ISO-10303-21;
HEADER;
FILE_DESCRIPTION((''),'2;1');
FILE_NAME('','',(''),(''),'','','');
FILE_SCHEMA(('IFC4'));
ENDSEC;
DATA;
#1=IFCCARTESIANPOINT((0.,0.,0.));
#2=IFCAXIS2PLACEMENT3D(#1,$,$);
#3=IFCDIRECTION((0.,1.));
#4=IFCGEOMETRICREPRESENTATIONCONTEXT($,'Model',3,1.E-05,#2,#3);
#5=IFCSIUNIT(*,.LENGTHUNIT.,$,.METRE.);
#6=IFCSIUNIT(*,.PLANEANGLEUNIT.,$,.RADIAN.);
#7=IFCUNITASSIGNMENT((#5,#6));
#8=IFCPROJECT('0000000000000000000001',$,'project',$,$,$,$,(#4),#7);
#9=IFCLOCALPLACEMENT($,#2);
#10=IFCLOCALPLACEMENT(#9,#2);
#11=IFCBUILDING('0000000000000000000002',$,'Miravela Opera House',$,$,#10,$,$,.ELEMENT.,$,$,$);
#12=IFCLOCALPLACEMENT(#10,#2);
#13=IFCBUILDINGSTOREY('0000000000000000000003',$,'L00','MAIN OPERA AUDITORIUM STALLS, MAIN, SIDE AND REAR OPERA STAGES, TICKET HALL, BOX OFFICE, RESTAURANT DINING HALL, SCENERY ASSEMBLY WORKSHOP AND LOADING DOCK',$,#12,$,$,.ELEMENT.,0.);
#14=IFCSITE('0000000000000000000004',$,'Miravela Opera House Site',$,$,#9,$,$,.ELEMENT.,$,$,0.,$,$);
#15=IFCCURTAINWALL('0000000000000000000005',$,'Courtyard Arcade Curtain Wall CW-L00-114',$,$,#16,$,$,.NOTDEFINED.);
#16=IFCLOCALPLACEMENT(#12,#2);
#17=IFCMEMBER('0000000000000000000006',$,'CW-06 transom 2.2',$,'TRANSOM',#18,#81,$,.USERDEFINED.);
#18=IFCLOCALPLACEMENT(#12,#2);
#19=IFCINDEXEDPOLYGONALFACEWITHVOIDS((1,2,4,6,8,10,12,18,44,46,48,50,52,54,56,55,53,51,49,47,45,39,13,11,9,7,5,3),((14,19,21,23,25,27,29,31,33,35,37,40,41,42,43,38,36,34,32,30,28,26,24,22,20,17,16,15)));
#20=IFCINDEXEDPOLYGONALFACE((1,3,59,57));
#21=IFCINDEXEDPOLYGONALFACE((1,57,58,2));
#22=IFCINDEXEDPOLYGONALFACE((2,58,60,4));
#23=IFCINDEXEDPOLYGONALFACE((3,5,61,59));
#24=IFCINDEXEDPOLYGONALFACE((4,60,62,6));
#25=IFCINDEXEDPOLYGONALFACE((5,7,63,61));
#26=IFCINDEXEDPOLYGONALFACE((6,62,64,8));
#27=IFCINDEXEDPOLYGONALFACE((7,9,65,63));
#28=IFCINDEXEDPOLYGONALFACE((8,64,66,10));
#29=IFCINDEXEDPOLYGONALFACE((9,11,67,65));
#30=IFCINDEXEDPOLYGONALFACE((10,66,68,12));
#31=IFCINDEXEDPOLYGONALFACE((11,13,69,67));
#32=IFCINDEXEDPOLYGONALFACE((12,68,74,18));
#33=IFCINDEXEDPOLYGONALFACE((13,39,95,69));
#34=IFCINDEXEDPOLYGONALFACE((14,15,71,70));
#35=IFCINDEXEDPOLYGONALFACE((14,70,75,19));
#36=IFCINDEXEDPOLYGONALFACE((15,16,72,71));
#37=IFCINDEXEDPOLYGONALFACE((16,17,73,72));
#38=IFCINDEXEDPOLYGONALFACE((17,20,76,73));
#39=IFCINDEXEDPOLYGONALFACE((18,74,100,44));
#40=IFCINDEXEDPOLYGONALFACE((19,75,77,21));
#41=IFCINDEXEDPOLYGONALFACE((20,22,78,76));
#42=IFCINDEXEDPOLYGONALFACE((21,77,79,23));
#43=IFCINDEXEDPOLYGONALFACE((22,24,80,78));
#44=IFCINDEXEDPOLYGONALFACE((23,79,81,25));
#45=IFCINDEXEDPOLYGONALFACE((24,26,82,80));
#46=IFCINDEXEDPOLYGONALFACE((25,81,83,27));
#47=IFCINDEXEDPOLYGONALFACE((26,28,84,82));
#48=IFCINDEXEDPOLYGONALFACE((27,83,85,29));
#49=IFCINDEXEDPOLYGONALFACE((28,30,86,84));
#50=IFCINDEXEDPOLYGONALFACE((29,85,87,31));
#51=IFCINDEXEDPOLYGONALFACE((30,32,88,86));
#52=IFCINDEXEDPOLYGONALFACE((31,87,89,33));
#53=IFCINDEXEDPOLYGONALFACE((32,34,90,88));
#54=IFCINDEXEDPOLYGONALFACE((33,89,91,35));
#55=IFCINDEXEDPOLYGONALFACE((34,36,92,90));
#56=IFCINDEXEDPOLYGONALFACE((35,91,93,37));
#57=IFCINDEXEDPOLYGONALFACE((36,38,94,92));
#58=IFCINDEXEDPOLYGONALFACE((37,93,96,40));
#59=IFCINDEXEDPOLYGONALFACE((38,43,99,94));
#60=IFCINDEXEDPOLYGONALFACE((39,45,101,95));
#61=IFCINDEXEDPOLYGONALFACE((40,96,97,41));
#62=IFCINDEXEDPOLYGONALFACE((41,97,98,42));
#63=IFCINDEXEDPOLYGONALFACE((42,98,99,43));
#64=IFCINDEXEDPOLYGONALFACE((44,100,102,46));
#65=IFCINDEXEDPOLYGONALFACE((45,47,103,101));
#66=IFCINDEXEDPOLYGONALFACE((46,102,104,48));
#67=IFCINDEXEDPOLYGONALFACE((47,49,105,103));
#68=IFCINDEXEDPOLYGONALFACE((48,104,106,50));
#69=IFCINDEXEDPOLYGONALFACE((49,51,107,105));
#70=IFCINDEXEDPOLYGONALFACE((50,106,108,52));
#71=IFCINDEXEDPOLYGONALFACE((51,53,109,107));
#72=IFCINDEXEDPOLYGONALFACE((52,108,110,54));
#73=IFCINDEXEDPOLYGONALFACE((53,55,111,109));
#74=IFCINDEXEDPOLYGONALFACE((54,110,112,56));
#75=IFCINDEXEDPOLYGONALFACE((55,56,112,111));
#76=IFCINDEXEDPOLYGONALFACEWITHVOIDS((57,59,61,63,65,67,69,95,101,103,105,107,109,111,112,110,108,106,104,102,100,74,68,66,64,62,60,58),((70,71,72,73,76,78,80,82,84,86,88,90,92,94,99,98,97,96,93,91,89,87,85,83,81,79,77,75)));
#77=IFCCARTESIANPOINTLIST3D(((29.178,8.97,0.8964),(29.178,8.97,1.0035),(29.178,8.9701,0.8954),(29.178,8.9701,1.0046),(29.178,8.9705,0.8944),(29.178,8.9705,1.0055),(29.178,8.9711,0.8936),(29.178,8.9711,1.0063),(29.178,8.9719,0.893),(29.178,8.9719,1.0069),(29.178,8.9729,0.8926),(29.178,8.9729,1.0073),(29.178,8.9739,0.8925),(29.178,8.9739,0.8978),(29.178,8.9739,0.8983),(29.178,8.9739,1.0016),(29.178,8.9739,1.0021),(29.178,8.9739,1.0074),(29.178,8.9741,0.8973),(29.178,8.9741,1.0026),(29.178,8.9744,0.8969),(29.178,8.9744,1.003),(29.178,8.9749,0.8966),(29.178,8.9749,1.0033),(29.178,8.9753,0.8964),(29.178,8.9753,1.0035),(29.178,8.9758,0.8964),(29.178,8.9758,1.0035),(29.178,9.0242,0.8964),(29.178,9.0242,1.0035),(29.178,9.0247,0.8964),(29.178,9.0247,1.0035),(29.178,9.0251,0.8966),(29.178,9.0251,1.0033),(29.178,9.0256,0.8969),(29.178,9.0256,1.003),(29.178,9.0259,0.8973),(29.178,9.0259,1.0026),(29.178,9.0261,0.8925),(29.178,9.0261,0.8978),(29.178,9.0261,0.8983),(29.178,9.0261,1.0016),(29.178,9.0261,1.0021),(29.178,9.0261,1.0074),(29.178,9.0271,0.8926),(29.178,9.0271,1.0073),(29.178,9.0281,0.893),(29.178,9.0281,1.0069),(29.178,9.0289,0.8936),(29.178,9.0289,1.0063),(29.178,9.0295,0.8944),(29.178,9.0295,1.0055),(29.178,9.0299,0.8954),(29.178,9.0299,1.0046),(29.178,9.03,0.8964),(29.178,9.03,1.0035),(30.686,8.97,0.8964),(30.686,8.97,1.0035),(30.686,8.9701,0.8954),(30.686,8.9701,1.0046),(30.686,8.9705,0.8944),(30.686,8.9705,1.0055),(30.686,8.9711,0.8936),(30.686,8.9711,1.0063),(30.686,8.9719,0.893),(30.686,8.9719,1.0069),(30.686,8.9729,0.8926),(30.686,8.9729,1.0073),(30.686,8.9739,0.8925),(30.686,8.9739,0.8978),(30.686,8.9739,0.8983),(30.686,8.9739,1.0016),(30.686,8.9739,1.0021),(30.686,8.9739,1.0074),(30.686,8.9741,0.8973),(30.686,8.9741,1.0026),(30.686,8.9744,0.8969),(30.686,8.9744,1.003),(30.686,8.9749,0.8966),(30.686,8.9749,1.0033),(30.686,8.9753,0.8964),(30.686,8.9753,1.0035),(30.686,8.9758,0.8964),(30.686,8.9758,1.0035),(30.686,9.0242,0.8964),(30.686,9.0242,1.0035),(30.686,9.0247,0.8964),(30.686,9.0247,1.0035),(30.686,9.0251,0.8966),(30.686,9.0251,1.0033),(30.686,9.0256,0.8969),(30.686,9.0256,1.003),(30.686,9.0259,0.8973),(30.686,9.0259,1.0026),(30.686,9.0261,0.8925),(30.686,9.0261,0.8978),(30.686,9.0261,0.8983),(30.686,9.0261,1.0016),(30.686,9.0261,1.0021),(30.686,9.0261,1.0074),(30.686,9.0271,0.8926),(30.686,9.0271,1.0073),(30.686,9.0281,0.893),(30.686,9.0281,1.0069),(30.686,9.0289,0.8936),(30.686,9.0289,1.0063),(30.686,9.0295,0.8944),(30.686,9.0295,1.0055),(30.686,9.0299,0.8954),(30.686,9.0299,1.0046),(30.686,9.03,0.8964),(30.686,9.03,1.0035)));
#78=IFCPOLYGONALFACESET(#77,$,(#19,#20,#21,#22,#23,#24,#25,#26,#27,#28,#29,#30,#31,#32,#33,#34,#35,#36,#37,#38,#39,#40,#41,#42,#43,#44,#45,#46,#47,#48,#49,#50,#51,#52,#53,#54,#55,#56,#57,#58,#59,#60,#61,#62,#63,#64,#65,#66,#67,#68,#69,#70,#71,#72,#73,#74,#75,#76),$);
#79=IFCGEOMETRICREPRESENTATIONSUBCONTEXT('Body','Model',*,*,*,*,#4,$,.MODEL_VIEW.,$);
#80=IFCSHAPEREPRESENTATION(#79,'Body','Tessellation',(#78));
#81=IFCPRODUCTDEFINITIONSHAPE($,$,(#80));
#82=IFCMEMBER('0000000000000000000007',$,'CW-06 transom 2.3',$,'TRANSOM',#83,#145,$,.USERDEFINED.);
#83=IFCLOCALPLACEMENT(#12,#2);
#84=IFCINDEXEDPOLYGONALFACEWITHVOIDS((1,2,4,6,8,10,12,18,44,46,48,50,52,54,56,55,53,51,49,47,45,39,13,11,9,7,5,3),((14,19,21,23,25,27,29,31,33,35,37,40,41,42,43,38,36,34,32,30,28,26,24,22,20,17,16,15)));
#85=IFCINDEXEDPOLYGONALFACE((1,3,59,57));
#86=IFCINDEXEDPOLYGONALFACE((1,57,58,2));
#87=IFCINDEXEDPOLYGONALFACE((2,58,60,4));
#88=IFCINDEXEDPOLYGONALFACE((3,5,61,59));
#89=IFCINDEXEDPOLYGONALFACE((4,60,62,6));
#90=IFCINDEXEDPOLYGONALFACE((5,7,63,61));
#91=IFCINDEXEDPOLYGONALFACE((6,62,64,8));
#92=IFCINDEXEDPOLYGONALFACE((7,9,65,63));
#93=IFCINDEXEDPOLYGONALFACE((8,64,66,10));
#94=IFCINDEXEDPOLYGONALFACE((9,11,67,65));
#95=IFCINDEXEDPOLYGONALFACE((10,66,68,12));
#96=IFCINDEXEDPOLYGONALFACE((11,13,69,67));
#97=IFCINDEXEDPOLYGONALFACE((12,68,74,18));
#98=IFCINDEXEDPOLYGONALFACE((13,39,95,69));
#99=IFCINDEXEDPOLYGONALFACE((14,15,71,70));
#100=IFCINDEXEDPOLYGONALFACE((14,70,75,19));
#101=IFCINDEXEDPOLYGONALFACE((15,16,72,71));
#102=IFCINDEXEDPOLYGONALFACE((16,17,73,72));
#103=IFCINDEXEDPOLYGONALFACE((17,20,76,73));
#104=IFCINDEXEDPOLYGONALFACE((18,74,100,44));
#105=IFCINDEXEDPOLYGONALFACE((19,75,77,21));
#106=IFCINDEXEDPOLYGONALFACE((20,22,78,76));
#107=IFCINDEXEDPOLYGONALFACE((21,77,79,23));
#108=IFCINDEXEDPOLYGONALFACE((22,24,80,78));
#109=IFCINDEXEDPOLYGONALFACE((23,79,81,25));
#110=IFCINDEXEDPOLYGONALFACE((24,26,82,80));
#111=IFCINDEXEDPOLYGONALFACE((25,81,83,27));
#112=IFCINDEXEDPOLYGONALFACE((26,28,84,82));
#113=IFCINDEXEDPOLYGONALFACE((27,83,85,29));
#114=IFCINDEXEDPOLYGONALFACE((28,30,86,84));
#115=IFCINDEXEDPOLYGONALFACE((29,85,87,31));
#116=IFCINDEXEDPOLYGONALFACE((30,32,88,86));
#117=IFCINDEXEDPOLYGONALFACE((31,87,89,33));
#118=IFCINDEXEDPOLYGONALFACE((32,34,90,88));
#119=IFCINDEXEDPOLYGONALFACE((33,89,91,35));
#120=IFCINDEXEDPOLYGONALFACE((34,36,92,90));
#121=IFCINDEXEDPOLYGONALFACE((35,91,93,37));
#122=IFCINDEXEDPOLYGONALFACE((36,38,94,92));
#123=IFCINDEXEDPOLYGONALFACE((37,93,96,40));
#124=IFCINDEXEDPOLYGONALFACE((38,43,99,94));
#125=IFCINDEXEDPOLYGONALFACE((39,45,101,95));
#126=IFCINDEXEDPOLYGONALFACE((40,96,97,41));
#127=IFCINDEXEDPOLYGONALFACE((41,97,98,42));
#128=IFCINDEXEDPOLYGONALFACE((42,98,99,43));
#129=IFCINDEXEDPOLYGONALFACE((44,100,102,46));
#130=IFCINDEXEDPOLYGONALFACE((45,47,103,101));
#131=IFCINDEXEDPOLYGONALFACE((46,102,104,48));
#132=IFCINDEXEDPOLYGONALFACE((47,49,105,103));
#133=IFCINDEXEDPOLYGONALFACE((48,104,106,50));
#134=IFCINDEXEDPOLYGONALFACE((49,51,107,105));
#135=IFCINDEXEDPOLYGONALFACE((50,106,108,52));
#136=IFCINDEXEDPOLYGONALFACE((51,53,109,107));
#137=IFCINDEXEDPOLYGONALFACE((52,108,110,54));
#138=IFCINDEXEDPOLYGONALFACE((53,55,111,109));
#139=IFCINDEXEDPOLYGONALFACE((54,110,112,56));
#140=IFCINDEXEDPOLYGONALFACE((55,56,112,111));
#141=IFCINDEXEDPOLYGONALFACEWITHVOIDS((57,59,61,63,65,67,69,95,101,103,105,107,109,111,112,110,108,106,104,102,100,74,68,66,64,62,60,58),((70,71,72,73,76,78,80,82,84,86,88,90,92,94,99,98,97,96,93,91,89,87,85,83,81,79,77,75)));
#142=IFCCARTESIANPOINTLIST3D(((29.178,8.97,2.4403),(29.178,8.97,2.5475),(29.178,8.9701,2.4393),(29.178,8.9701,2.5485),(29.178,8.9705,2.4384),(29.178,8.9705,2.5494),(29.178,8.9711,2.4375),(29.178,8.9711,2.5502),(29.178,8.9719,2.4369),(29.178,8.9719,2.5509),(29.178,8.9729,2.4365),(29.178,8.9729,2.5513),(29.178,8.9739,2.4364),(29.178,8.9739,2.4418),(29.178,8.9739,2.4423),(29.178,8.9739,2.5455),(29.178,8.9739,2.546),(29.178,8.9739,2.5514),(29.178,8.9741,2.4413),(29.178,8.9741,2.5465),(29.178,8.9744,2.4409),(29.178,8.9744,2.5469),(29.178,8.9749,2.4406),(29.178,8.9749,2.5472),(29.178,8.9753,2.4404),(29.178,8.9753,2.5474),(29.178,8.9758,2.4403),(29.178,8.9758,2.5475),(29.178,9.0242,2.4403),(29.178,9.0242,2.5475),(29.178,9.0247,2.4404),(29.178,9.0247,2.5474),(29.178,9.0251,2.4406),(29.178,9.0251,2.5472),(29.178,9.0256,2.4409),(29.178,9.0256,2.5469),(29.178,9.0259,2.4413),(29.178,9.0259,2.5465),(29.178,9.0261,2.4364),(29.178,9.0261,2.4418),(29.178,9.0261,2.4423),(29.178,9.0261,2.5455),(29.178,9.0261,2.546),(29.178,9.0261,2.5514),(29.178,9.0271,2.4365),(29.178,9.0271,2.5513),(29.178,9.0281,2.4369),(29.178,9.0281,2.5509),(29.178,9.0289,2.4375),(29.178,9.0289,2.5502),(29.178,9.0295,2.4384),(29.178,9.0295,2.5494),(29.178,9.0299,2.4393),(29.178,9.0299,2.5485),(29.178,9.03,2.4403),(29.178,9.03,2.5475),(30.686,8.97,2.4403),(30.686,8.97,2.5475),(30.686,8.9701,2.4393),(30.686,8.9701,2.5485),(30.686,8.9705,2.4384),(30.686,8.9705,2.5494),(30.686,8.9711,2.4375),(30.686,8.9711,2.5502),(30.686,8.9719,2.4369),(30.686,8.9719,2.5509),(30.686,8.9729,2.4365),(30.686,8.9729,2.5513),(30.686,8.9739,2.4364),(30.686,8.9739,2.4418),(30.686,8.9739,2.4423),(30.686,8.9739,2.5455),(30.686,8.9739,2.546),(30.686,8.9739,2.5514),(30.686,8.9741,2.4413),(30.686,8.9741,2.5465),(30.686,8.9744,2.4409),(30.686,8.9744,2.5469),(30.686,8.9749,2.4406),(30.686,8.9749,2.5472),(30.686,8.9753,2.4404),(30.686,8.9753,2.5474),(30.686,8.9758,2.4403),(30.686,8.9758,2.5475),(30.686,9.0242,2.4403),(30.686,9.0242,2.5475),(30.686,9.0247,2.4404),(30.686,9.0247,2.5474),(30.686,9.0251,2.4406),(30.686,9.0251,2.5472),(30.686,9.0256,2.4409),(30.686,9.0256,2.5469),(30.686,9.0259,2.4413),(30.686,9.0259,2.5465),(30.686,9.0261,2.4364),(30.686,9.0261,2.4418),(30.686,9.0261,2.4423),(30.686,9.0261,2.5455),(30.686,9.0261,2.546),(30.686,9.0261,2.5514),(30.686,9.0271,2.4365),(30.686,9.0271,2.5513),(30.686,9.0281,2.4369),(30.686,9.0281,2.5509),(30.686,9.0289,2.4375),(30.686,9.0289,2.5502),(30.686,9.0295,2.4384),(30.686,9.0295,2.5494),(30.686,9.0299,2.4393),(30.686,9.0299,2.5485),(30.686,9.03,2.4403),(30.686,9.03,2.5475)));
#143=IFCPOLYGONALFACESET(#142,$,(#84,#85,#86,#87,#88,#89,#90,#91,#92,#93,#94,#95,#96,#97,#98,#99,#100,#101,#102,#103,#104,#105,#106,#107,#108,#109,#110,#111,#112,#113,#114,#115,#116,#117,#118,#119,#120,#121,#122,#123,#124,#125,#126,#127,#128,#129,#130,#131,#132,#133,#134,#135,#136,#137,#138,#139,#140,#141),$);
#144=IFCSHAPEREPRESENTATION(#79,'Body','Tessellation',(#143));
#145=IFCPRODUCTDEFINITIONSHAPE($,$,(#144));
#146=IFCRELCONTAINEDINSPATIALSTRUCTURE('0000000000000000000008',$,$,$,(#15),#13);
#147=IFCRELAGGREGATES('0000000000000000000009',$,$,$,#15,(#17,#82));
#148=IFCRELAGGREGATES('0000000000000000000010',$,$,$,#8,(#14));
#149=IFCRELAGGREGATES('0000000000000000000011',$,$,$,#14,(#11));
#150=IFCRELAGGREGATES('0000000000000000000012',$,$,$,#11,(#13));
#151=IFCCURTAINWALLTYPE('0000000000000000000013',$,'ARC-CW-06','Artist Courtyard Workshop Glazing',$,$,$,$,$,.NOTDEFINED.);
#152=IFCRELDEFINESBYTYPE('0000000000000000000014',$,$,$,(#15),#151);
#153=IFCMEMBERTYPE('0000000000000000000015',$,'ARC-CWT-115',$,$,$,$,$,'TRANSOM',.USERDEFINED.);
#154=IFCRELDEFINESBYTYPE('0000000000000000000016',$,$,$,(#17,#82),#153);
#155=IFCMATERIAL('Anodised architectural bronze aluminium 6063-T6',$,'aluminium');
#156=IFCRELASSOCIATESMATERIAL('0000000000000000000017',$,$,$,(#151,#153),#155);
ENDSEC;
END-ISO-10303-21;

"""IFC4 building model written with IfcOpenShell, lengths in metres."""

from ifc_helpers import new_model, si_unit, direction, frame, origin, origin_2d, place, context, subcontext, project, spatial, hollow_rectangle, extrude, material, material_profile, profile_set, type_object, element, aggregate, save


model = new_model("IFC4")

# Units and contexts
model_context = context("Model", 3, precision=1e-05, world=origin(), true_north=direction((0.0, 1.0)))
body_context = subcontext(model_context, "Body", "Model", "MODEL_VIEW")
ifc_project = project(units=[si_unit("LENGTHUNIT", "METRE"), si_unit("PLANEANGLEUNIT", "RADIAN")], contexts=[model_context])

# Site, building, storey
site_placement = place(None, origin())
site = spatial("IfcSite", under=ifc_project, at=site_placement, Name="Miravela Opera House Site", CompositionType="ELEMENT", RefElevation=0.0)
building_placement = place(site_placement, origin())
building = spatial("IfcBuilding", under=site, at=building_placement, Name="Miravela Opera House", CompositionType="ELEMENT")
storey_placement = place(building_placement, origin())
storey = spatial("IfcBuildingStorey", under=building, at=storey_placement, Name="L00", Description="MAIN OPERA AUDITORIUM STALLS, MAIN, SIDE AND REAR OPERA STAGES, TICKET HALL, BOX OFFICE, RESTAURANT DINING HALL, SCENERY ASSEMBLY WORKSHOP AND LOADING DOCK", CompositionType="ELEMENT", Elevation=0.0)

# Curtain wall, members
ifc_material_1 = material(Name="Anodised architectural bronze aluminium 6063-T6", Category="aluminium")
curtain_wall_type = type_object("IfcCurtainWallType", Name="ARC-CW-06", Description="Artist Courtyard Workshop Glazing", PredefinedType="NOTDEFINED", material=ifc_material_1)
curtain_wall_placement = place(storey_placement, origin())
curtain_wall = element("IfcCurtainWall", 1, at=curtain_wall_placement, inside=storey, type_object=curtain_wall_type, Name="Courtyard Arcade Curtain Wall CW-L00-114", PredefinedType="NOTDEFINED")
ifc_material_profile_1 = material_profile(ifc_material_1, hollow_rectangle(XDim=0.0601, YDim=0.115, WallThickness=0.0039, InnerFilletRadius=0.002, OuterFilletRadius=0.0039, at=origin_2d()), Name="CWT-60X115")
ifc_profile_set_1 = profile_set([ifc_material_profile_1])
member_type_1 = type_object("IfcMemberType", Name="ARC-CWT-115", ElementType="TRANSOM", PredefinedType="USERDEFINED", material=ifc_profile_set_1)
member_1_placement = place(storey_placement, frame((29.178, 9.0, 0.95), z_axis=(1.0, 0.0, 0.0), x_axis=(0.0, 1.0, 0.0)))
member_1 = element("IfcMember", 2, at=member_1_placement, type_object=member_type_1, Name="CW-06 transom 2.2", ObjectType="TRANSOM", PredefinedType="USERDEFINED", context=body_context, shape_type="SweptSolid", body=[
    extrude(hollow_rectangle(XDim=0.0601, YDim=0.115, WallThickness=0.0039, InnerFilletRadius=0.002, OuterFilletRadius=0.0039, at=origin_2d()), origin(), (0.0, 0.0, 1.0), 1.5081),
])
member_2_placement = place(storey_placement, frame((29.178, 9.0, 2.4939), z_axis=(1.0, 0.0, 0.0), x_axis=(0.0, 1.0, 0.0)))
member_2 = element("IfcMember", 3, at=member_2_placement, type_object=member_type_1, Name="CW-06 transom 2.3", ObjectType="TRANSOM", PredefinedType="USERDEFINED", context=body_context, shape_type="SweptSolid", body=[
    extrude(hollow_rectangle(XDim=0.0601, YDim=0.115, WallThickness=0.0039, InnerFilletRadius=0.002, OuterFilletRadius=0.0039, at=origin_2d()), origin(), (0.0, 0.0, 1.0), 1.5081),
])

aggregate(curtain_wall, [member_1, member_2])

save(model, "model.ifc")
